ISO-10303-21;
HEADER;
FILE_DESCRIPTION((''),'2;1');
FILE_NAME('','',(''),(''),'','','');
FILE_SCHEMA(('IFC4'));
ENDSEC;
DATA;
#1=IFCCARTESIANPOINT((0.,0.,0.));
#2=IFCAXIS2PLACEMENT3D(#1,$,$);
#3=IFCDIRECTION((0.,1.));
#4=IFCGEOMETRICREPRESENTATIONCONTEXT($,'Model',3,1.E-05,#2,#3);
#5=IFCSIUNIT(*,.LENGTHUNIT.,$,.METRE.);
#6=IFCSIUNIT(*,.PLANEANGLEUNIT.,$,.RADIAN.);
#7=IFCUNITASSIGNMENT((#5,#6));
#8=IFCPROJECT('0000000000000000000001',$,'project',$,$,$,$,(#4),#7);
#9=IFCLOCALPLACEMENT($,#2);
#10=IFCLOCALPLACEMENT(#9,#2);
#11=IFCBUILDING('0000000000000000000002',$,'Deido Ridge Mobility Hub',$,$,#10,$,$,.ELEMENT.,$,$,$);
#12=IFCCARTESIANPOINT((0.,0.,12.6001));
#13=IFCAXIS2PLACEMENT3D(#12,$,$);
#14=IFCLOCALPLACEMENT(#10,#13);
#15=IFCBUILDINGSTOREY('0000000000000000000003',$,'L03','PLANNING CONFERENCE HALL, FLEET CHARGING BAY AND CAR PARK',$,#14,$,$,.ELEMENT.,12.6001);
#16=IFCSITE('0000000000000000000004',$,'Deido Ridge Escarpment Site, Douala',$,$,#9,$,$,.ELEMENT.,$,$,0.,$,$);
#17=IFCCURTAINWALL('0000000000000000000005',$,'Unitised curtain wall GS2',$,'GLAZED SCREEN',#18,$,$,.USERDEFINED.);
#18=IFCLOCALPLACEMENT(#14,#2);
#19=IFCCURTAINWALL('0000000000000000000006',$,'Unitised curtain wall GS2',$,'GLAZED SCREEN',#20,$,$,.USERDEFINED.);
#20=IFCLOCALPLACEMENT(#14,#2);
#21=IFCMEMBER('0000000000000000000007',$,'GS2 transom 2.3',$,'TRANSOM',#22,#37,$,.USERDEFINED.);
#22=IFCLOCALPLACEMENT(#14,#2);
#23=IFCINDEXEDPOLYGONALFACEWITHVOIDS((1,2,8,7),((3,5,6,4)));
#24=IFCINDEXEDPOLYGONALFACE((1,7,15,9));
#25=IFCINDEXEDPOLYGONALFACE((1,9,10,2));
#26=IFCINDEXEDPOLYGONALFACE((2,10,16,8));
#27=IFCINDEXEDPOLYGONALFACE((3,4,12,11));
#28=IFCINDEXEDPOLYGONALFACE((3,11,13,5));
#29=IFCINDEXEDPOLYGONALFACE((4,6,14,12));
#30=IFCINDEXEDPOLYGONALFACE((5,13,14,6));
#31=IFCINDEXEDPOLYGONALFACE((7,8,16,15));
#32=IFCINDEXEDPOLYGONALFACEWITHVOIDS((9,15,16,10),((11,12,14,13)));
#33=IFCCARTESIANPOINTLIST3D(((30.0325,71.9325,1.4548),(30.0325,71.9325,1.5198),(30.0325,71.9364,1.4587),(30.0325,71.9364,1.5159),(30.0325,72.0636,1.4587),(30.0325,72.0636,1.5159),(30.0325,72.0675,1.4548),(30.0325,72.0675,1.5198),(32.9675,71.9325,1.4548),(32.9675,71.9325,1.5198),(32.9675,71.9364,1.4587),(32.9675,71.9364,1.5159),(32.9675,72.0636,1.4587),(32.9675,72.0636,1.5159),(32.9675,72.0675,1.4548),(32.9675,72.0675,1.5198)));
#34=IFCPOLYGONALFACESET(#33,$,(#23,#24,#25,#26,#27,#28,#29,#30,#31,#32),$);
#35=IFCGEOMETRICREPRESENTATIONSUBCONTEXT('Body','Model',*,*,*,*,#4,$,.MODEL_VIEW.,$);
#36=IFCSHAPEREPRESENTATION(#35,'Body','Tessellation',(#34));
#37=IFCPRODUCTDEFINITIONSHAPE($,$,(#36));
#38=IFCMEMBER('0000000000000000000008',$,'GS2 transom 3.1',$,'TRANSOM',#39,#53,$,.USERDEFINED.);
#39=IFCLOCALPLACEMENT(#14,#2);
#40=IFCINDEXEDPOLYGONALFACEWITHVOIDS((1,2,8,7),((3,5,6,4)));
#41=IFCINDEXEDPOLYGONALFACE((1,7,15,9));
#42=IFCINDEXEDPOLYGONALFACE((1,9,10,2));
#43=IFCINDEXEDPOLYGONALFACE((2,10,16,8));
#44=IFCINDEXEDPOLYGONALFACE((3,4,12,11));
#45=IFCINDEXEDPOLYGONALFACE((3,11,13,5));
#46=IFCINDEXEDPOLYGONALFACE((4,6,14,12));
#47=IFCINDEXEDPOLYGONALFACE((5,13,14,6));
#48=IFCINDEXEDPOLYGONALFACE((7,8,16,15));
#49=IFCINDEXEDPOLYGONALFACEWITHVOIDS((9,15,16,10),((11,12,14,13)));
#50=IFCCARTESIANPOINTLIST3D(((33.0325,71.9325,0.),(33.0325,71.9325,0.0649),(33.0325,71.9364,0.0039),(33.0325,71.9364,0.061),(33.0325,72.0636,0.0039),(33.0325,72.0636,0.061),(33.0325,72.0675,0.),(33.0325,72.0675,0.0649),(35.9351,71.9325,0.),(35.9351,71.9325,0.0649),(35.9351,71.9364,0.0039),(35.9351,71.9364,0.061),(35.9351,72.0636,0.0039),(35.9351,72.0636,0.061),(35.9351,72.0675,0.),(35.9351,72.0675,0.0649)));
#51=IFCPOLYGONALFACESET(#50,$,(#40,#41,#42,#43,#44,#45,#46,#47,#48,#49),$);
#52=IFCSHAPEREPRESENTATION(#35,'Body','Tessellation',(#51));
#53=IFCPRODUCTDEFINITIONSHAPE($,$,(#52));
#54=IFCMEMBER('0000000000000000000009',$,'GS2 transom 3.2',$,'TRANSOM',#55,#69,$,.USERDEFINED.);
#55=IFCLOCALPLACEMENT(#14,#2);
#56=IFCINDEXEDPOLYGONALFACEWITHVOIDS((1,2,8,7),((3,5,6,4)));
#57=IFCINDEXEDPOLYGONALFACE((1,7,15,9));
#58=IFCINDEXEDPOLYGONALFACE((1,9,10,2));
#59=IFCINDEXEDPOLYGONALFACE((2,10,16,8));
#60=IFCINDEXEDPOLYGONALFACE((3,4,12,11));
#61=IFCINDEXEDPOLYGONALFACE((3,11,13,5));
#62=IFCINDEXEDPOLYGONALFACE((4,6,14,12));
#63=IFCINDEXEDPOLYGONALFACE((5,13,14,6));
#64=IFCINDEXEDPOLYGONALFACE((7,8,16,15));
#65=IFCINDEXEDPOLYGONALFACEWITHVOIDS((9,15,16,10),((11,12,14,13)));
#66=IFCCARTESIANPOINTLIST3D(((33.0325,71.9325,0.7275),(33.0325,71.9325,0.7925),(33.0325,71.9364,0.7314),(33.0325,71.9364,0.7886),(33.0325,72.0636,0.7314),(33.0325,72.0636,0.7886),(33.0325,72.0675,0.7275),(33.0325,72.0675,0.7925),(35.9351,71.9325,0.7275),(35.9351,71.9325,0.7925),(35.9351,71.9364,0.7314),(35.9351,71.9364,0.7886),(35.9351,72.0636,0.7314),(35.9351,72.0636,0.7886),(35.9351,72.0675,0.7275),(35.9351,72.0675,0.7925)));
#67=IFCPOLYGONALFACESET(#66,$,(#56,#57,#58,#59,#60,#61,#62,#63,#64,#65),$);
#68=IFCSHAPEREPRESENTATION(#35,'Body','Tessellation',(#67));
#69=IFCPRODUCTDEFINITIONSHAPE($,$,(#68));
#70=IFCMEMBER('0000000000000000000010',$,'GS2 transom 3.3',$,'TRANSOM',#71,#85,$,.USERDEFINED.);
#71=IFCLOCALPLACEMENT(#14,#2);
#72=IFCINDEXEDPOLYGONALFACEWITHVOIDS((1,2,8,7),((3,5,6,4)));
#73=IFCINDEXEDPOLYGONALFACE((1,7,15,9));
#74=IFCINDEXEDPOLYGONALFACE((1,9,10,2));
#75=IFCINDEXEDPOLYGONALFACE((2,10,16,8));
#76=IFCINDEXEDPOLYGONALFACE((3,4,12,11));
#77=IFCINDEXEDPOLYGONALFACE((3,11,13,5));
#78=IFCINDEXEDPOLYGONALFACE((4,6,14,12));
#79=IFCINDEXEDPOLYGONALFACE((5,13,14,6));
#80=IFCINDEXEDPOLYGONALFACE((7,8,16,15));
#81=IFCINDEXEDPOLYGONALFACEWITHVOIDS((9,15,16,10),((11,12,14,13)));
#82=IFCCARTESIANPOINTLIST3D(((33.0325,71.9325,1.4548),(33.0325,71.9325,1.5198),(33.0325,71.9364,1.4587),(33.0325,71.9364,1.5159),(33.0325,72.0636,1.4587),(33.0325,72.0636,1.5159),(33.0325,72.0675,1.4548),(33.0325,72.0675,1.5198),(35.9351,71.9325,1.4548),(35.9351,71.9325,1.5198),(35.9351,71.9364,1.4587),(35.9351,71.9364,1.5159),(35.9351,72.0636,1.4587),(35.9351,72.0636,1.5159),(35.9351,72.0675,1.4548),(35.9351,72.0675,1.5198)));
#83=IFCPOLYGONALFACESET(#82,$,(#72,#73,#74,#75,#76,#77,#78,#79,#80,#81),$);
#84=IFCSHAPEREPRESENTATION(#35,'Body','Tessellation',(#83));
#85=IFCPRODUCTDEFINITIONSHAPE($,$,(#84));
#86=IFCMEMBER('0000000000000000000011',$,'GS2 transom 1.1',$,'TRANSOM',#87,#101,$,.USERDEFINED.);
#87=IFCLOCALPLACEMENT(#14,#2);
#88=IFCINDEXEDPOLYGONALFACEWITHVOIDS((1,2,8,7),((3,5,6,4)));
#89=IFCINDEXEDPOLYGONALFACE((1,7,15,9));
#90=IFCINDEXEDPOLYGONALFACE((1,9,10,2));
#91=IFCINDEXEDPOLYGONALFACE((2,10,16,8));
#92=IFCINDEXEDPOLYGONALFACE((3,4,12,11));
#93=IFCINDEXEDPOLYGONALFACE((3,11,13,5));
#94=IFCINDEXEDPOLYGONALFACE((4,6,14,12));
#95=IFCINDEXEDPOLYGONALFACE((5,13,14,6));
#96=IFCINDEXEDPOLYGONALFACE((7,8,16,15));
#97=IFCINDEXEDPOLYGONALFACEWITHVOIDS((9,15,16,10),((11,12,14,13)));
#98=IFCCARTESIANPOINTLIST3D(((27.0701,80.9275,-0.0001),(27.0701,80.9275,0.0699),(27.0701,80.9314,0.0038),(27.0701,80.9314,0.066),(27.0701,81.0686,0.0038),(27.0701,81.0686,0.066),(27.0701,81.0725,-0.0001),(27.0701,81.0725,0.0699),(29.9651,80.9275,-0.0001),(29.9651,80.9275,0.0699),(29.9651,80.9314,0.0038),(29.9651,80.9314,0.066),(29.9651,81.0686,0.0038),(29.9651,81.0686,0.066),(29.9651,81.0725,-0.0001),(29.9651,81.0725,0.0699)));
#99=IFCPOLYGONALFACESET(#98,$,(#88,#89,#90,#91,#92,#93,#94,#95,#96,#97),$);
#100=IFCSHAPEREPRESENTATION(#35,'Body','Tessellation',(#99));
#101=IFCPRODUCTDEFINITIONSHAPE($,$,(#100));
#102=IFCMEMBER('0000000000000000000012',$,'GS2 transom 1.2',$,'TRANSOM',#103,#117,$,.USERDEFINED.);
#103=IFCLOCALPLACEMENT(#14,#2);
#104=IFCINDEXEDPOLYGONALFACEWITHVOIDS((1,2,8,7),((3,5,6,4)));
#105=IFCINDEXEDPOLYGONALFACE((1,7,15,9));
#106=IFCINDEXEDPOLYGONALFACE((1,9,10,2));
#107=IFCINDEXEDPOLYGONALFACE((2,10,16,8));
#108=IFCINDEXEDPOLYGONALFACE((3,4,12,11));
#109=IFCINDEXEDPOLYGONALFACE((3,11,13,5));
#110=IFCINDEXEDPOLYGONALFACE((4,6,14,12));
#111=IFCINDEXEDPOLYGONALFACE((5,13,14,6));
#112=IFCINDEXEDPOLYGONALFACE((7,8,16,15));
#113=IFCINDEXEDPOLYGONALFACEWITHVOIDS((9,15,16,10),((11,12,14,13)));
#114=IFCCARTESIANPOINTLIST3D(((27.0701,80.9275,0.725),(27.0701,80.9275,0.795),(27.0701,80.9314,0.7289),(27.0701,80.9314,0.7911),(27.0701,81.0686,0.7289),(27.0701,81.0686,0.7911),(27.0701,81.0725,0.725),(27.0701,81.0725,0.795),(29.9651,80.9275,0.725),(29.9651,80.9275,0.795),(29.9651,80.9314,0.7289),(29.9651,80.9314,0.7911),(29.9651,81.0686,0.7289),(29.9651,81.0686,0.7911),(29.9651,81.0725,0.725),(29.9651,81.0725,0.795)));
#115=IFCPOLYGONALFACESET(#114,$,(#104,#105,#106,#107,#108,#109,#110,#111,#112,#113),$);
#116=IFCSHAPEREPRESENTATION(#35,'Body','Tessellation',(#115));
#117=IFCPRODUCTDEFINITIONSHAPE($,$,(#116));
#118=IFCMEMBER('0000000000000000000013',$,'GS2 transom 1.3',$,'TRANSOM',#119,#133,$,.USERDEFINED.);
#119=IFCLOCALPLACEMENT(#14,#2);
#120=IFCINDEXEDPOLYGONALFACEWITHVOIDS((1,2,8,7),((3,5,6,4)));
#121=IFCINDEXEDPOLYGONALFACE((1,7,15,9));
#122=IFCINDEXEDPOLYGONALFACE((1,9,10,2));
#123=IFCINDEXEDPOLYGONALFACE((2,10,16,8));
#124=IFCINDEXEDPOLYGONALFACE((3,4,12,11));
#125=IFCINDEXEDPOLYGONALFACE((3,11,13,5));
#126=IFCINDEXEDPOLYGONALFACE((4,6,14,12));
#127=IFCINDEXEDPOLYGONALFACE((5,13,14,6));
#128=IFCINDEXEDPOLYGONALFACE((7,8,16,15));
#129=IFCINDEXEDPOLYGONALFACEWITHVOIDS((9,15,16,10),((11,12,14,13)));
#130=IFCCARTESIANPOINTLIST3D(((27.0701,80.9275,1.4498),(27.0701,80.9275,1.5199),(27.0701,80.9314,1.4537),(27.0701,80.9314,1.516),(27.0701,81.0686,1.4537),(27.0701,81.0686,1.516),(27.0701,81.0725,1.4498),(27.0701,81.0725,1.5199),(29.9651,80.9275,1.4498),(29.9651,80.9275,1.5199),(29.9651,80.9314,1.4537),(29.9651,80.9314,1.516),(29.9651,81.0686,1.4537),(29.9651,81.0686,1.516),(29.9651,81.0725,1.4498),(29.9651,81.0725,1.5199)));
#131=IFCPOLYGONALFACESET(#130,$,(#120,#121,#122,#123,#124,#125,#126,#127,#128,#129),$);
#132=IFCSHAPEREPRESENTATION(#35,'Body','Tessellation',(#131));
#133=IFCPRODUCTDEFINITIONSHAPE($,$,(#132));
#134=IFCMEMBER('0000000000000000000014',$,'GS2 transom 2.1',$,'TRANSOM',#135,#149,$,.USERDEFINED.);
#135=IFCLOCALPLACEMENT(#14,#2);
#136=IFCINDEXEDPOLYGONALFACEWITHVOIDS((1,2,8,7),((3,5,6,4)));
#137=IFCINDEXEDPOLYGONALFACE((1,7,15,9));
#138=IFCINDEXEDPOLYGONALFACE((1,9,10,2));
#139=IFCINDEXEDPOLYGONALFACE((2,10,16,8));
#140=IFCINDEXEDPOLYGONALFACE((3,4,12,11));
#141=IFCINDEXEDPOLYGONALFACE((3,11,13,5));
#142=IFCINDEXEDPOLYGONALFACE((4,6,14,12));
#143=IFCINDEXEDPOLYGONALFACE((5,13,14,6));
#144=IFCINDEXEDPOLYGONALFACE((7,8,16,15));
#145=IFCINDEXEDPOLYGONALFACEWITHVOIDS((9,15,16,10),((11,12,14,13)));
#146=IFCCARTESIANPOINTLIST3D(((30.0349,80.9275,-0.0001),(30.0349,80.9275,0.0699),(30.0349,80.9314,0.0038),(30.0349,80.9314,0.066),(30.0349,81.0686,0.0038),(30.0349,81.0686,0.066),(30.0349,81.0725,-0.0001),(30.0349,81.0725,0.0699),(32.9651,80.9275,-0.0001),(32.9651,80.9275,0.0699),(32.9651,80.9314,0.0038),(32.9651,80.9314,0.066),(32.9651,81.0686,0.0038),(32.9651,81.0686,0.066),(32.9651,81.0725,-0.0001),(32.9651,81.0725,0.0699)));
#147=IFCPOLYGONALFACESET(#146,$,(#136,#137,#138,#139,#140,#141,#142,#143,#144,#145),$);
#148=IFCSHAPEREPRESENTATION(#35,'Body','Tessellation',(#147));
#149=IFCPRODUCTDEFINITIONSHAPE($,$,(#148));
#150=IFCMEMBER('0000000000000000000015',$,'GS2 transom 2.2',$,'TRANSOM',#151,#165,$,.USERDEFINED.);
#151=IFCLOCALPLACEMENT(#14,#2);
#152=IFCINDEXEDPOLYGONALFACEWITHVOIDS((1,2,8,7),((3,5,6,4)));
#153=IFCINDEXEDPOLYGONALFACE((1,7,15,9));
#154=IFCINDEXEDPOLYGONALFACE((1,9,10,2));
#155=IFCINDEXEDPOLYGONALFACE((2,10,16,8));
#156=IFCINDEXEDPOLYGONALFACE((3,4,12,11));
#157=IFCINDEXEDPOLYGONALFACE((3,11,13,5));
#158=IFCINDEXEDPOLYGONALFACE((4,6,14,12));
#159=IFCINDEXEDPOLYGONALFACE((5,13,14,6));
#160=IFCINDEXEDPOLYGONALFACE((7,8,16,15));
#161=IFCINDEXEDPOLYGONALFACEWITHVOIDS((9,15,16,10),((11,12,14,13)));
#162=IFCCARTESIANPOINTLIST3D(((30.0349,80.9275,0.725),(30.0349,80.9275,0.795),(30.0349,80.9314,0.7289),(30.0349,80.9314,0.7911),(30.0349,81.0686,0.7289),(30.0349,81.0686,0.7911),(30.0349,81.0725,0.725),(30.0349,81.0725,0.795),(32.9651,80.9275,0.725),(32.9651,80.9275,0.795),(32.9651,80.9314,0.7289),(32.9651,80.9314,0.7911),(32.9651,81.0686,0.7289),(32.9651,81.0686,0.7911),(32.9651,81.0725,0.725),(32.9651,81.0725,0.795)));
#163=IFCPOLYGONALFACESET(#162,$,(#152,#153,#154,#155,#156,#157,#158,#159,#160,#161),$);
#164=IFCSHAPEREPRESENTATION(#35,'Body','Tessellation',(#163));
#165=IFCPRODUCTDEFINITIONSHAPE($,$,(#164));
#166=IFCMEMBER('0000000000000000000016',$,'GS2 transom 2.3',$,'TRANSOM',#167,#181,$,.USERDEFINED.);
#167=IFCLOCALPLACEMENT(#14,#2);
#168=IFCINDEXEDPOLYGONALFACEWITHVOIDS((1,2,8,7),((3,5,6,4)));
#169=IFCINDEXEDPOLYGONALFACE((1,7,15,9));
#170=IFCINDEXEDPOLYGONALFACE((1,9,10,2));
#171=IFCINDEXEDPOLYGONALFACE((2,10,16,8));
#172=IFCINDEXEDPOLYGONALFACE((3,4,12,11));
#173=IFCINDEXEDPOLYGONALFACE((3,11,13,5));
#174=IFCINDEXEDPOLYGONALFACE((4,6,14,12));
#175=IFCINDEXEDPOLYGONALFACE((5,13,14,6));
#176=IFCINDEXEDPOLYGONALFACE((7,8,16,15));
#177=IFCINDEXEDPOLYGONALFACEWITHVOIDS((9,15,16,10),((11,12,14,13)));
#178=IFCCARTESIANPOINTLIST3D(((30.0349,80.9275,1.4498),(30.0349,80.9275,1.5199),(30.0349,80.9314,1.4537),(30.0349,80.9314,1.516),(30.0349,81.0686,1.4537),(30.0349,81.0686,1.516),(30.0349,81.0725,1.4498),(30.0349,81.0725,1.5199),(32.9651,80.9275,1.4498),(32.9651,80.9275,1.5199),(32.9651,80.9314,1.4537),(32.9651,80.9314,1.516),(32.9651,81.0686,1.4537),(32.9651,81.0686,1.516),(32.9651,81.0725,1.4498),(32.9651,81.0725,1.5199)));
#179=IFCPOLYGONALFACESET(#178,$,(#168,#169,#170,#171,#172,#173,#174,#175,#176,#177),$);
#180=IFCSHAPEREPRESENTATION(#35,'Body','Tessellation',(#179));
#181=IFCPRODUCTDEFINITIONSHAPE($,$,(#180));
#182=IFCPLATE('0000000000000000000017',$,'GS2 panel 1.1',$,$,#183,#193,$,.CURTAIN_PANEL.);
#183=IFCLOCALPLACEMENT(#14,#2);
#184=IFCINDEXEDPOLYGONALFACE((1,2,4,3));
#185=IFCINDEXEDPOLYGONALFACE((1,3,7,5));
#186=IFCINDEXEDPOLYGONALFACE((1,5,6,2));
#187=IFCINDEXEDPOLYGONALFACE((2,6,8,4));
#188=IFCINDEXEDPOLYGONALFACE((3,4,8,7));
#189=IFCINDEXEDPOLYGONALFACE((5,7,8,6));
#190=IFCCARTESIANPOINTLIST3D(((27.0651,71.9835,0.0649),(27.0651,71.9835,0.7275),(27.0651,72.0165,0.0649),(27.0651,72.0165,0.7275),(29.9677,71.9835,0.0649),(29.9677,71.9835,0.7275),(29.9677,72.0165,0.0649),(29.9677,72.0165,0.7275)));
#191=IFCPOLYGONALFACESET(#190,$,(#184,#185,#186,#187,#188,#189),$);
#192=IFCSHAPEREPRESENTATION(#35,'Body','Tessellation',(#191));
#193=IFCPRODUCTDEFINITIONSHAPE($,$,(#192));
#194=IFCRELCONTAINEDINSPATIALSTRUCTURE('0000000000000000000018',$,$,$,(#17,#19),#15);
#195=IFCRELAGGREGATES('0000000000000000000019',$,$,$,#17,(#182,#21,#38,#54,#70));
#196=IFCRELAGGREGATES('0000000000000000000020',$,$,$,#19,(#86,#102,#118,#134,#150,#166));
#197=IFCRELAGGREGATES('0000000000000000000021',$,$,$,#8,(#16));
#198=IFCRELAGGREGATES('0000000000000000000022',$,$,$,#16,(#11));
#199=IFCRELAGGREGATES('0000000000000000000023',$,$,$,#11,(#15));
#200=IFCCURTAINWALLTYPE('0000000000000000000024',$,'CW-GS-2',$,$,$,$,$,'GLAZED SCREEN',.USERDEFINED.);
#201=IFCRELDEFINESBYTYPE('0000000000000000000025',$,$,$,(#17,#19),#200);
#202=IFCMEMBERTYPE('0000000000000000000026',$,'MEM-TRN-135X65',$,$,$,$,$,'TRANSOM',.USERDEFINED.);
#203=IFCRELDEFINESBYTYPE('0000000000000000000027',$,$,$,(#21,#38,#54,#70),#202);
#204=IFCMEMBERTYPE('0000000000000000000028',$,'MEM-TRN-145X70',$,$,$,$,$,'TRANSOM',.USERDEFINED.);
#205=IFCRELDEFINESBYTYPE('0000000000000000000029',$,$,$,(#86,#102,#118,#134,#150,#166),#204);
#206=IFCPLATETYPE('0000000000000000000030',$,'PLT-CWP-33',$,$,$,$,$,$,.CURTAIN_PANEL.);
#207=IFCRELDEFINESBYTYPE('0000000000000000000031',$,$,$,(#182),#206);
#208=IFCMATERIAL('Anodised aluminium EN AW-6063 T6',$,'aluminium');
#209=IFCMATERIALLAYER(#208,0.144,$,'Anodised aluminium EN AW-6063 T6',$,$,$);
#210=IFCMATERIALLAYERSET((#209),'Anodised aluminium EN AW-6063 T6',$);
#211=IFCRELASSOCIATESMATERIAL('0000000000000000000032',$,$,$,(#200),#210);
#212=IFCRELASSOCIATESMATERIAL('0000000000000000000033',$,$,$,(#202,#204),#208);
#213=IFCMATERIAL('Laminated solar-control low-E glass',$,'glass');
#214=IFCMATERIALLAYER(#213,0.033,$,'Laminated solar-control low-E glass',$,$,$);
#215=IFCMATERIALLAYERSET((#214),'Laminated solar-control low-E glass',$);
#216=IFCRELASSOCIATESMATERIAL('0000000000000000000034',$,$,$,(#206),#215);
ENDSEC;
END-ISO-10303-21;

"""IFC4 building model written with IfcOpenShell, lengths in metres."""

from ifc_helpers import new_model, si_unit, direction, frame, origin, origin_2d, place, context, subcontext, project, spatial, rectangle, hollow_rectangle, extrude, material, layer, layer_set, material_profile, profile_set, type_object, element, aggregate, save


model = new_model("IFC4")

# Units and contexts
model_context = context("Model", 3, precision=1e-05, world=origin(), true_north=direction((0.0, 1.0)))
body_context = subcontext(model_context, "Body", "Model", "MODEL_VIEW")
ifc_project = project(units=[si_unit("LENGTHUNIT", "METRE"), si_unit("PLANEANGLEUNIT", "RADIAN")], contexts=[model_context])

# Site, building, storey
site_placement = place(None, origin())
site = spatial("IfcSite", under=ifc_project, at=site_placement, Name="Deido Ridge Escarpment Site, Douala", CompositionType="ELEMENT", RefElevation=0.0)
building_placement = place(site_placement, origin())
building = spatial("IfcBuilding", under=site, at=building_placement, Name="Deido Ridge Mobility Hub", CompositionType="ELEMENT")
storey_placement = place(building_placement, frame((0.0, 0.0, 12.6001)))
storey = spatial("IfcBuildingStorey", under=building, at=storey_placement, Name="L03", Description="PLANNING CONFERENCE HALL, FLEET CHARGING BAY AND CAR PARK", CompositionType="ELEMENT", Elevation=12.6001)

# Curtain walls
ifc_material_1 = material(Name="Anodised aluminium EN AW-6063 T6", Category="aluminium")
ifc_layer_1 = layer(ifc_material_1, 0.144, Name="Anodised aluminium EN AW-6063 T6")
ifc_layer_set_1 = layer_set([ifc_layer_1], Name="Anodised aluminium EN AW-6063 T6")
curtain_wall_type = type_object("IfcCurtainWallType", Name="CW-GS-2", ElementType="GLAZED SCREEN", PredefinedType="USERDEFINED", material=ifc_layer_set_1)
curtain_wall_1_placement = place(storey_placement, origin())
curtain_wall_1 = element("IfcCurtainWall", 1, at=curtain_wall_1_placement, inside=storey, type_object=curtain_wall_type, Name="Unitised curtain wall GS2", ObjectType="GLAZED SCREEN", PredefinedType="USERDEFINED")
curtain_wall_2_placement = place(storey_placement, origin())
curtain_wall_2 = element("IfcCurtainWall", 2, at=curtain_wall_2_placement, inside=storey, type_object=curtain_wall_type, Name="Unitised curtain wall GS2", ObjectType="GLAZED SCREEN", PredefinedType="USERDEFINED")

# Members
ifc_material_profile_1 = material_profile(ifc_material_1, hollow_rectangle(XDim=0.135, YDim=0.0649, WallThickness=0.0039, at=origin_2d()), Name="RHS 135x65x4")
ifc_profile_set_1 = profile_set([ifc_material_profile_1], Name="Anodised aluminium EN AW-6063 T6")
member_type_1 = type_object("IfcMemberType", Name="MEM-TRN-135X65", ElementType="TRANSOM", PredefinedType="USERDEFINED", material=ifc_profile_set_1)
member_1_placement = place(storey_placement, frame((30.0325, 72.0, 1.4873), z_axis=(1.0, 0.0, 0.0), x_axis=(0.0, 1.0, 0.0)))
member_1 = element("IfcMember", 3, at=member_1_placement, type_object=member_type_1, Name="GS2 transom 2.3", ObjectType="TRANSOM", PredefinedType="USERDEFINED", context=body_context, shape_type="SweptSolid", body=[
    extrude(hollow_rectangle(XDim=0.135, YDim=0.0649, WallThickness=0.0039, at=origin_2d()), origin(), (0.0, 0.0, 1.0), 2.9351),
])
member_2_placement = place(storey_placement, frame((33.0325, 72.0, 0.0325), z_axis=(1.0, 0.0, 0.0), x_axis=(0.0, 1.0, 0.0)))
member_2 = element("IfcMember", 4, at=member_2_placement, type_object=member_type_1, Name="GS2 transom 3.1", ObjectType="TRANSOM", PredefinedType="USERDEFINED", context=body_context, shape_type="SweptSolid", body=[
    extrude(hollow_rectangle(XDim=0.135, YDim=0.0649, WallThickness=0.0039, at=origin_2d()), origin(), (0.0, 0.0, 1.0), 2.9026),
])
member_3_placement = place(storey_placement, frame((33.0325, 72.0, 0.76), z_axis=(1.0, 0.0, 0.0), x_axis=(0.0, 1.0, 0.0)))
member_3 = element("IfcMember", 5, at=member_3_placement, type_object=member_type_1, Name="GS2 transom 3.2", ObjectType="TRANSOM", PredefinedType="USERDEFINED", context=body_context, shape_type="SweptSolid", body=[
    extrude(hollow_rectangle(XDim=0.135, YDim=0.0649, WallThickness=0.0039, at=origin_2d()), origin(), (0.0, 0.0, 1.0), 2.9026),
])
member_4_placement = place(storey_placement, frame((33.0325, 72.0, 1.4873), z_axis=(1.0, 0.0, 0.0), x_axis=(0.0, 1.0, 0.0)))
member_4 = element("IfcMember", 6, at=member_4_placement, type_object=member_type_1, Name="GS2 transom 3.3", ObjectType="TRANSOM", PredefinedType="USERDEFINED", context=body_context, shape_type="SweptSolid", body=[
    extrude(hollow_rectangle(XDim=0.135, YDim=0.0649, WallThickness=0.0039, at=origin_2d()), origin(), (0.0, 0.0, 1.0), 2.9026),
])
ifc_material_profile_2 = material_profile(ifc_material_1, hollow_rectangle(XDim=0.145, YDim=0.0701, WallThickness=0.0039, at=origin_2d()), Name="RHS 145x70x4")
ifc_profile_set_2 = profile_set([ifc_material_profile_2], Name="Anodised aluminium EN AW-6063 T6")
member_type_2 = type_object("IfcMemberType", Name="MEM-TRN-145X70", ElementType="TRANSOM", PredefinedType="USERDEFINED", material=ifc_profile_set_2)
member_5_placement = place(storey_placement, frame((27.0701, 81.0, 0.0349), z_axis=(1.0, 0.0, 0.0), x_axis=(0.0, 1.0, 0.0)))
member_5 = element("IfcMember", 7, at=member_5_placement, type_object=member_type_2, Name="GS2 transom 1.1", ObjectType="TRANSOM", PredefinedType="USERDEFINED", context=body_context, shape_type="SweptSolid", body=[
    extrude(hollow_rectangle(XDim=0.145, YDim=0.0701, WallThickness=0.0039, at=origin_2d()), origin(), (0.0, 0.0, 1.0), 2.895),
])
member_6_placement = place(storey_placement, frame((27.0701, 81.0, 0.76), z_axis=(1.0, 0.0, 0.0), x_axis=(0.0, 1.0, 0.0)))
member_6 = element("IfcMember", 8, at=member_6_placement, type_object=member_type_2, Name="GS2 transom 1.2", ObjectType="TRANSOM", PredefinedType="USERDEFINED", context=body_context, shape_type="SweptSolid", body=[
    extrude(hollow_rectangle(XDim=0.145, YDim=0.0701, WallThickness=0.0039, at=origin_2d()), origin(), (0.0, 0.0, 1.0), 2.895),
])
member_7_placement = place(storey_placement, frame((27.0701, 81.0, 1.4849), z_axis=(1.0, 0.0, 0.0), x_axis=(0.0, 1.0, 0.0)))
member_7 = element("IfcMember", 9, at=member_7_placement, type_object=member_type_2, Name="GS2 transom 1.3", ObjectType="TRANSOM", PredefinedType="USERDEFINED", context=body_context, shape_type="SweptSolid", body=[
    extrude(hollow_rectangle(XDim=0.145, YDim=0.0701, WallThickness=0.0039, at=origin_2d()), origin(), (0.0, 0.0, 1.0), 2.895),
])
member_8_placement = place(storey_placement, frame((30.0349, 81.0, 0.0349), z_axis=(1.0, 0.0, 0.0), x_axis=(0.0, 1.0, 0.0)))
member_8 = element("IfcMember", 10, at=member_8_placement, type_object=member_type_2, Name="GS2 transom 2.1", ObjectType="TRANSOM", PredefinedType="USERDEFINED", context=body_context, shape_type="SweptSolid", body=[
    extrude(hollow_rectangle(XDim=0.145, YDim=0.0701, WallThickness=0.0039, at=origin_2d()), origin(), (0.0, 0.0, 1.0), 2.9302),
])
member_9_placement = place(storey_placement, frame((30.0349, 81.0, 0.76), z_axis=(1.0, 0.0, 0.0), x_axis=(0.0, 1.0, 0.0)))
member_9 = element("IfcMember", 11, at=member_9_placement, type_object=member_type_2, Name="GS2 transom 2.2", ObjectType="TRANSOM", PredefinedType="USERDEFINED", context=body_context, shape_type="SweptSolid", body=[
    extrude(hollow_rectangle(XDim=0.145, YDim=0.0701, WallThickness=0.0039, at=origin_2d()), origin(), (0.0, 0.0, 1.0), 2.9302),
])
member_10_placement = place(storey_placement, frame((30.0349, 81.0, 1.4849), z_axis=(1.0, 0.0, 0.0), x_axis=(0.0, 1.0, 0.0)))
member_10 = element("IfcMember", 12, at=member_10_placement, type_object=member_type_2, Name="GS2 transom 2.3", ObjectType="TRANSOM", PredefinedType="USERDEFINED", context=body_context, shape_type="SweptSolid", body=[
    extrude(hollow_rectangle(XDim=0.145, YDim=0.0701, WallThickness=0.0039, at=origin_2d()), origin(), (0.0, 0.0, 1.0), 2.9302),
])

# Plate
ifc_material_2 = material(Name="Laminated solar-control low-E glass", Category="glass")
ifc_layer_2 = layer(ifc_material_2, 0.033, Name="Laminated solar-control low-E glass")
ifc_layer_set_2 = layer_set([ifc_layer_2], Name="Laminated solar-control low-E glass")
plate_type_1 = type_object("IfcPlateType", Name="PLT-CWP-33", PredefinedType="CURTAIN_PANEL", material=ifc_layer_set_2)
plate_1_placement = place(storey_placement, frame((28.5164, 72.0, 0.0649), z_axis=(0.0, 0.0, 1.0), x_axis=(1.0, 0.0, 0.0)))
plate_1 = element("IfcPlate", 13, at=plate_1_placement, type_object=plate_type_1, Name="GS2 panel 1.1", PredefinedType="CURTAIN_PANEL", context=body_context, shape_type="SweptSolid", body=[
    extrude(rectangle(XDim=2.9026, YDim=0.033, at=origin_2d()), origin(), (0.0, 0.0, 1.0), 0.6626),
])
aggregate(curtain_wall_1, [plate_1, member_1, member_2, member_3, member_4])
aggregate(curtain_wall_2, [member_5, member_6, member_7, member_8, member_9, member_10])

save(model, "model.ifc")
